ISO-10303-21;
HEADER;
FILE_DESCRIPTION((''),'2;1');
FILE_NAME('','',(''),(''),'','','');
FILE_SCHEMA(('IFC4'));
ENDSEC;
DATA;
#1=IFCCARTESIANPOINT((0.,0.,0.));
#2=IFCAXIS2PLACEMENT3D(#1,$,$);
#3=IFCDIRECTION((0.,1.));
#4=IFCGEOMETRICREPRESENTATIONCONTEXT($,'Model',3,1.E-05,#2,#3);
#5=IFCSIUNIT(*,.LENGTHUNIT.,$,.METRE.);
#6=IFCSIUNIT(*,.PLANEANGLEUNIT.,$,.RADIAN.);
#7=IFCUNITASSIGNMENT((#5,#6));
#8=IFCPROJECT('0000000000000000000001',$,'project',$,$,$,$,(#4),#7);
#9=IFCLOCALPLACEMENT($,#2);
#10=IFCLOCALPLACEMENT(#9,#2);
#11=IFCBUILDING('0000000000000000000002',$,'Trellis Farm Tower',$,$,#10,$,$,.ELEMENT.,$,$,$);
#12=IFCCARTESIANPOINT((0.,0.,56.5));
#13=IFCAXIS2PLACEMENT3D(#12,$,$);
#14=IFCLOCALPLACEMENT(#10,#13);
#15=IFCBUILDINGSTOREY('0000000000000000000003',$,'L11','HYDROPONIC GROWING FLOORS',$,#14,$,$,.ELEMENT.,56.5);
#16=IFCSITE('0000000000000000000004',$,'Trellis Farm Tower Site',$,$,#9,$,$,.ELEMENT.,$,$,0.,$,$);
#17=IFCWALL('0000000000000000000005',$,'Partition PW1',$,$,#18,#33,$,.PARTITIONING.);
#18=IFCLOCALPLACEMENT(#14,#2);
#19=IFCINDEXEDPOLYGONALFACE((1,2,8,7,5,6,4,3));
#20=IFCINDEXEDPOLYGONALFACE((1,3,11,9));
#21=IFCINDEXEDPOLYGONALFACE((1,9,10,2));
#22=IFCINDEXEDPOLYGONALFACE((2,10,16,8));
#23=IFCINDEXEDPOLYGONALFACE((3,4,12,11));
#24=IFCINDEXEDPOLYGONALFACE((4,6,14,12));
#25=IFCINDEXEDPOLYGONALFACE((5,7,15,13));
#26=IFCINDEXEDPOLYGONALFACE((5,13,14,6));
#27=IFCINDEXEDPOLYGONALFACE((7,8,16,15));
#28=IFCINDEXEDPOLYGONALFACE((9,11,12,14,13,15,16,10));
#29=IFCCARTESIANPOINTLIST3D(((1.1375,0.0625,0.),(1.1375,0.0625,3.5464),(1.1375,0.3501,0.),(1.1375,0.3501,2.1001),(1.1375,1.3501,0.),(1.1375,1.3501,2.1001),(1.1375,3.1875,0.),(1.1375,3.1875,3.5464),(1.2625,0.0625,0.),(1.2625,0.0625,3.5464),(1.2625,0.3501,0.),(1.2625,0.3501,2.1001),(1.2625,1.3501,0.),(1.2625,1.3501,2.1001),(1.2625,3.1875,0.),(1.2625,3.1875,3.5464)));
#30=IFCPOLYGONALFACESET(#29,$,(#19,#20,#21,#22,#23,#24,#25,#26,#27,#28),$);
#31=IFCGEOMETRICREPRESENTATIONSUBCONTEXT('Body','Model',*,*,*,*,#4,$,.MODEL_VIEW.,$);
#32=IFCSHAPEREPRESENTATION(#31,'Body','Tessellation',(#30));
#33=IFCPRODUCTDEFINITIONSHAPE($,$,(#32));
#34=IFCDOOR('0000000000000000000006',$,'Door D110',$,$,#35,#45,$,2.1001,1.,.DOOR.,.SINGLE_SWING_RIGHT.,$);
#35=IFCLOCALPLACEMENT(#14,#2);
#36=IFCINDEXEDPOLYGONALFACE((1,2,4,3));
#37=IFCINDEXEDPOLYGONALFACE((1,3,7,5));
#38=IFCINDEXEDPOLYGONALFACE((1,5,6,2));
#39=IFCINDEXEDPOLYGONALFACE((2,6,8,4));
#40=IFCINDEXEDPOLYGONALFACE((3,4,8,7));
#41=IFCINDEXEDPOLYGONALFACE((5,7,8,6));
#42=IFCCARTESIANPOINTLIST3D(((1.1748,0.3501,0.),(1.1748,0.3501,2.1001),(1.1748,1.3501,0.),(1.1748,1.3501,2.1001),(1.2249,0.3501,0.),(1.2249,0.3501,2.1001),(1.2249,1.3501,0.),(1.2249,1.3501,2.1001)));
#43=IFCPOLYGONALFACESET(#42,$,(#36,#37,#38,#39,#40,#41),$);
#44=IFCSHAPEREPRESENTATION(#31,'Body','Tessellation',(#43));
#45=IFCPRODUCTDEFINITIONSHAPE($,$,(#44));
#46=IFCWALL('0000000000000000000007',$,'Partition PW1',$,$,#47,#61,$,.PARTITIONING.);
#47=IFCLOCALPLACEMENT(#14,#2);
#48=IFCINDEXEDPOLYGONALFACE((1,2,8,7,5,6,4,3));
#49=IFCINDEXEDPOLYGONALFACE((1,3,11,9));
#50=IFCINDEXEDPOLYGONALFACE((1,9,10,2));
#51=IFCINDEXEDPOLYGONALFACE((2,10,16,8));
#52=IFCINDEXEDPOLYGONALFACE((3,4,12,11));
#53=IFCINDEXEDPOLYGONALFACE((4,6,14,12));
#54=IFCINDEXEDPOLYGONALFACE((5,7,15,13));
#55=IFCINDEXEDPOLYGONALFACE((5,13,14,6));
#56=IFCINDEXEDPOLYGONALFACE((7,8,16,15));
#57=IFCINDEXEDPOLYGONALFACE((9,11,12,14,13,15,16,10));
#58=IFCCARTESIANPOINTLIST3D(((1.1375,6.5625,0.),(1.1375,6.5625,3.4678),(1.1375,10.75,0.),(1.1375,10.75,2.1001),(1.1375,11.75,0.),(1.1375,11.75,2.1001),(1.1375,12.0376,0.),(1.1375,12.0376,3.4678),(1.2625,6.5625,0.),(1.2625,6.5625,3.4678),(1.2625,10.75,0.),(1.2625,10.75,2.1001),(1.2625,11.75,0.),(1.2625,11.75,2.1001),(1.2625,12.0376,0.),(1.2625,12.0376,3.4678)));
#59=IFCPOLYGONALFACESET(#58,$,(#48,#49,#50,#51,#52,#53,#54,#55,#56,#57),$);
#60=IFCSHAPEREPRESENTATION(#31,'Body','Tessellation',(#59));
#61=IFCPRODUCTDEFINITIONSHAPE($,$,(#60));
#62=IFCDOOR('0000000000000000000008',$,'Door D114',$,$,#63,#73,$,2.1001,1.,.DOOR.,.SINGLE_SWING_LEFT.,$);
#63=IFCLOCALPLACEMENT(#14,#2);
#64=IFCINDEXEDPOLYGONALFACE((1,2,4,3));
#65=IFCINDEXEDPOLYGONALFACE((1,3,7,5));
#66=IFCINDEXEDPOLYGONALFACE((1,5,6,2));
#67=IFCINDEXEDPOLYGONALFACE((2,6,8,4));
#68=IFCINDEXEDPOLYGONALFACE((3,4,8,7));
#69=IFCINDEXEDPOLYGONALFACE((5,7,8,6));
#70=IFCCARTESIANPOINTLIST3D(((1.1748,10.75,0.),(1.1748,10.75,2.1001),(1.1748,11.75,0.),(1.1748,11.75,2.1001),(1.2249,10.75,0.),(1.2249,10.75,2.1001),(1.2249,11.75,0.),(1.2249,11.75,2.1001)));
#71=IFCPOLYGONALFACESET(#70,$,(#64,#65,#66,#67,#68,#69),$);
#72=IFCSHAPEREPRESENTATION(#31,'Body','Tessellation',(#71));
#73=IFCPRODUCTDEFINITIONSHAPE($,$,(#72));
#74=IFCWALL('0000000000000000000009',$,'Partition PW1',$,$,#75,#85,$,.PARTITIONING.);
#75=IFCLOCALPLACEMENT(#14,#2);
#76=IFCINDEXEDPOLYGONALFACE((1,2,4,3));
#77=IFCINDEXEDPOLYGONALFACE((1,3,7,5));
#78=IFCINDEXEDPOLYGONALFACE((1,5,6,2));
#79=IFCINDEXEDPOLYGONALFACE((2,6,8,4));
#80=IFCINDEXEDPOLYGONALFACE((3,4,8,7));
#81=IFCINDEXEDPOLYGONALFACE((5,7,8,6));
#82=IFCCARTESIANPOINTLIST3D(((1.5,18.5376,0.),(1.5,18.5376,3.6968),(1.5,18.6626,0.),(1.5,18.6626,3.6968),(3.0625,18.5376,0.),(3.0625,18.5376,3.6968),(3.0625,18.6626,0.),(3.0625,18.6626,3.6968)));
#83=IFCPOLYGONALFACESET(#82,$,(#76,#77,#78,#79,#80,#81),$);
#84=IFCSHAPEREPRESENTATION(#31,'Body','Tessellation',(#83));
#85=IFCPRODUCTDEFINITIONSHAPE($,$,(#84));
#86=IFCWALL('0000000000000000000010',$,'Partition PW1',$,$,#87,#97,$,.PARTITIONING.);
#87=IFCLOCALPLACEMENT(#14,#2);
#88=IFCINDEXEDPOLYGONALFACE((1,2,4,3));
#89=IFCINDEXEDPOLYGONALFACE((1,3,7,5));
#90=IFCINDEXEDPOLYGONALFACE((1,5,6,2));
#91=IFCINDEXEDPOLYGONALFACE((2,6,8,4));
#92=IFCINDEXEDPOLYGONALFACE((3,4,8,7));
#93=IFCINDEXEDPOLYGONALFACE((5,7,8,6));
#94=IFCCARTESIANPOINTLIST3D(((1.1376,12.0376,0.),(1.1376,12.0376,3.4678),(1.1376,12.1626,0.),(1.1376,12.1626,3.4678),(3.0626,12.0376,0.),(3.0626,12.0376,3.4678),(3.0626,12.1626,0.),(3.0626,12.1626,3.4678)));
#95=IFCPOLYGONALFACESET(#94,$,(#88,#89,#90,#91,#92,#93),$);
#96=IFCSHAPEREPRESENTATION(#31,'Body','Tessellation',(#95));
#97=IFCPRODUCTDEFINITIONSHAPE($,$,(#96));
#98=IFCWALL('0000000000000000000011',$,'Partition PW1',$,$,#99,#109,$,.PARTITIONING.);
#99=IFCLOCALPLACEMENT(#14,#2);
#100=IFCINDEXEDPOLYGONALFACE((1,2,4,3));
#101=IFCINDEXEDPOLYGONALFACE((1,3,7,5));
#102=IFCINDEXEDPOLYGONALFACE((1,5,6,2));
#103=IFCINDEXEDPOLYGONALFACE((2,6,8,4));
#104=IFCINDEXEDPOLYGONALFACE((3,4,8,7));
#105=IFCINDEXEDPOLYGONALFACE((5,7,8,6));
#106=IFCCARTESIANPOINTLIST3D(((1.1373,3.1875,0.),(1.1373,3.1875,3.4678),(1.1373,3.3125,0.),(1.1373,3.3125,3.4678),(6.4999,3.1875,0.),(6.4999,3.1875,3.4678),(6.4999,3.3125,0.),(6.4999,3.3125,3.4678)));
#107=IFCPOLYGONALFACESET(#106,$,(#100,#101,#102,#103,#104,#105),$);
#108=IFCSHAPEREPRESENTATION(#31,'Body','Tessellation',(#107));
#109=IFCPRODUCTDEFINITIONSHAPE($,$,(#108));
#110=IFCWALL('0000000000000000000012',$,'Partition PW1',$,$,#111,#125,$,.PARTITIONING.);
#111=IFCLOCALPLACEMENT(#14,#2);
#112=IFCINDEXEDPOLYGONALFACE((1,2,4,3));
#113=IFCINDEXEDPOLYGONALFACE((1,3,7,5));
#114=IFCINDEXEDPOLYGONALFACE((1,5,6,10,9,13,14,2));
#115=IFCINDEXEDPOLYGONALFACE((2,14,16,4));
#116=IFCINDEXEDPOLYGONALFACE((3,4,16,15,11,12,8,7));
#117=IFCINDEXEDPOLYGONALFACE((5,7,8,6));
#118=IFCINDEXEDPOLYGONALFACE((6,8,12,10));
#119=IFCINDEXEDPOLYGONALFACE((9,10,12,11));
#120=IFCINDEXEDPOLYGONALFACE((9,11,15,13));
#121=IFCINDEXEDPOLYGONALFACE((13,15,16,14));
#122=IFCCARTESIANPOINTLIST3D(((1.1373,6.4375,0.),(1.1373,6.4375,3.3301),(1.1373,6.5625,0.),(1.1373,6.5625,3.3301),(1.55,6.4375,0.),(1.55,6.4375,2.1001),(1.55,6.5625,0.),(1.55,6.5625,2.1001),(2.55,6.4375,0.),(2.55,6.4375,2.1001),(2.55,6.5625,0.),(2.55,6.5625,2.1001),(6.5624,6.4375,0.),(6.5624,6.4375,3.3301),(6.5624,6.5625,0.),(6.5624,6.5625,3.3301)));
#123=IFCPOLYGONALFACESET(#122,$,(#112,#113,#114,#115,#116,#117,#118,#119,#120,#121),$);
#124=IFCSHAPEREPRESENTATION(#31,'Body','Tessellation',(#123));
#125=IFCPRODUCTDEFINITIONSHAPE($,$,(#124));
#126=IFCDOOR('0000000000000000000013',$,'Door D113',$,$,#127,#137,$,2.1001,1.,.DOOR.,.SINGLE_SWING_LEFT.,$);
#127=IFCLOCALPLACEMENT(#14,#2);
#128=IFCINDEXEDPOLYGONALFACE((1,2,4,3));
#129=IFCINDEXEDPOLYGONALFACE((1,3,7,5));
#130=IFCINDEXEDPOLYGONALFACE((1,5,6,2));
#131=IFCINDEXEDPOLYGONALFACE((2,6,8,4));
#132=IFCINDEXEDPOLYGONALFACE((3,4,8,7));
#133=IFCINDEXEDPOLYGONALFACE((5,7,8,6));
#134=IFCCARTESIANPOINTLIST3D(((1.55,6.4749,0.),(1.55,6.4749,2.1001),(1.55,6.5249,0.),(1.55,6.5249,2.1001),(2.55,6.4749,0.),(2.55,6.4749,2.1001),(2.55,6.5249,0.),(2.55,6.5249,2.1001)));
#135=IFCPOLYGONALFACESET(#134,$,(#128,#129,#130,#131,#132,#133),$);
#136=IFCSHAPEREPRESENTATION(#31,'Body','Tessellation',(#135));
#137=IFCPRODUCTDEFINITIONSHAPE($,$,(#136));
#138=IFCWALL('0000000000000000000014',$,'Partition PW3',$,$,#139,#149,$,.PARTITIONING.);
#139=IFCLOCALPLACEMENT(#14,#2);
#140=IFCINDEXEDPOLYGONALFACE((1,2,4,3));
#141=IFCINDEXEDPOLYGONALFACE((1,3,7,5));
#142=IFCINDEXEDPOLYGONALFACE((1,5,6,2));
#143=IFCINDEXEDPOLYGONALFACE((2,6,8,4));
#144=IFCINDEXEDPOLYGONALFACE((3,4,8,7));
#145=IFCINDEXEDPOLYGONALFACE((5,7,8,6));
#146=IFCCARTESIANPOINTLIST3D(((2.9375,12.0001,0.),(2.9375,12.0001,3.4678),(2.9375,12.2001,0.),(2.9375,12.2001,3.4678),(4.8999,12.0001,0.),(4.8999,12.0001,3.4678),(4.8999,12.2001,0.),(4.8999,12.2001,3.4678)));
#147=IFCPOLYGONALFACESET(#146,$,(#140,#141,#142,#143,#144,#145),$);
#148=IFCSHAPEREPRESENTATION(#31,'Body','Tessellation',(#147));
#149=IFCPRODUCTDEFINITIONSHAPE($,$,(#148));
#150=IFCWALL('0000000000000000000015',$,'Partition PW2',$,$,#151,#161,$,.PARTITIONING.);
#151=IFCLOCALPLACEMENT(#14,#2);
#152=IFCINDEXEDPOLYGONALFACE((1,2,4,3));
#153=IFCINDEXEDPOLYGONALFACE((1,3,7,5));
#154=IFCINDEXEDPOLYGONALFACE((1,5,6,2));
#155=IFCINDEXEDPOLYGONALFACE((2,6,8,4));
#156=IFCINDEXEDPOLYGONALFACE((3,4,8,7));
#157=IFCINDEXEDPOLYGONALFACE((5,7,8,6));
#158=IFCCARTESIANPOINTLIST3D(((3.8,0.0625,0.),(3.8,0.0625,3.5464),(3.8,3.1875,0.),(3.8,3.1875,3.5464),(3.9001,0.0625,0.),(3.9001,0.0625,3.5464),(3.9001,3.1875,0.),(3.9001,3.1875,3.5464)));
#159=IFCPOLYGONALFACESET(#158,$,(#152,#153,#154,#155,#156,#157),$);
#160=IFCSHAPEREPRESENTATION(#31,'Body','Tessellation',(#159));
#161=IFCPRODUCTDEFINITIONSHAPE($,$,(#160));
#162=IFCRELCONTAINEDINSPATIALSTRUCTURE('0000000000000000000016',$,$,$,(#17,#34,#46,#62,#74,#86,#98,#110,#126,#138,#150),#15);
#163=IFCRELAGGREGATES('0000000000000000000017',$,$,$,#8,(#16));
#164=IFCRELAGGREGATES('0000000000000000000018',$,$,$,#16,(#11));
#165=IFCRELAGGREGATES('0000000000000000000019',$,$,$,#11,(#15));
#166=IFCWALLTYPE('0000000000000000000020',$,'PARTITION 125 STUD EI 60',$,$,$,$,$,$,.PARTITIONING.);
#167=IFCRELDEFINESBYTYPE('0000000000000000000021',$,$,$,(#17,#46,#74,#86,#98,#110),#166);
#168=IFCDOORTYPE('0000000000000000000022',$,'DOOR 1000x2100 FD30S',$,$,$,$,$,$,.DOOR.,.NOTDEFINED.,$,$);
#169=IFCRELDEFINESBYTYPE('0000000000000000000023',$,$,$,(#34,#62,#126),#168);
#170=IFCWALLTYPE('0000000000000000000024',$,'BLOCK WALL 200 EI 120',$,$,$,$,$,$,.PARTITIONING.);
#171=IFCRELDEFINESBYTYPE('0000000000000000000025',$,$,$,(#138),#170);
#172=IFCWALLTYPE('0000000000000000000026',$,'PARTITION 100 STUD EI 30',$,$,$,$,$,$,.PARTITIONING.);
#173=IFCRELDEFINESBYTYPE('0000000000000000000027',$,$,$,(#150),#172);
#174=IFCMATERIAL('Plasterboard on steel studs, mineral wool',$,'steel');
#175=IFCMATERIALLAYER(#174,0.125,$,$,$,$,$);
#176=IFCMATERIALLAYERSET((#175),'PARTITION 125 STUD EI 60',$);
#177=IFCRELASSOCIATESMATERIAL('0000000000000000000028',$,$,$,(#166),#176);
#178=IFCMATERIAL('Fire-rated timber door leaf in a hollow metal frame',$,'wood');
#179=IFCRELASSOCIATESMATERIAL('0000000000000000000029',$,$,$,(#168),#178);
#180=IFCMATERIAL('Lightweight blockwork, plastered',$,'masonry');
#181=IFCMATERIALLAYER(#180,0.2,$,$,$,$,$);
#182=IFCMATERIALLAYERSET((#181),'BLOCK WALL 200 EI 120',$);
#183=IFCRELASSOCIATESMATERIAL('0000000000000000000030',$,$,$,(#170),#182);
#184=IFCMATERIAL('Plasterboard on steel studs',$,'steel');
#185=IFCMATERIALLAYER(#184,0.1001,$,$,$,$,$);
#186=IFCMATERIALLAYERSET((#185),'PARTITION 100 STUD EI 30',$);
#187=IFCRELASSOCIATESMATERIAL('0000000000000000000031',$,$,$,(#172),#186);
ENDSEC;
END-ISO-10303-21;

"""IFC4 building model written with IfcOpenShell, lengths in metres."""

from ifc_helpers import new_model, si_unit, direction, frame, frame_2d, origin, place, context, subcontext, project, spatial, rectangle, extrude, source, transform, mapped, material, layer, layer_set, type_object, element, fill, save


model = new_model("IFC4")

# Units and contexts
model_context = context("Model", 3, precision=1e-05, world=origin(), true_north=direction((0.0, 1.0)))
body_context = subcontext(model_context, "Body", "Model", "MODEL_VIEW")
ifc_project = project(units=[si_unit("LENGTHUNIT", "METRE"), si_unit("PLANEANGLEUNIT", "RADIAN")], contexts=[model_context])

# Site, building, storey
site_placement = place(None, origin())
site = spatial("IfcSite", under=ifc_project, at=site_placement, Name="Trellis Farm Tower Site", CompositionType="ELEMENT", RefElevation=0.0)
building_placement = place(site_placement, origin())
building = spatial("IfcBuilding", under=site, at=building_placement, Name="Trellis Farm Tower", CompositionType="ELEMENT")
storey_placement = place(building_placement, frame((0.0, 0.0, 56.5)))
storey = spatial("IfcBuildingStorey", under=building, at=storey_placement, Name="L11", Description="HYDROPONIC GROWING FLOORS", CompositionType="ELEMENT", Elevation=56.5)

# Walls, openings, doors
ifc_material_1 = material(Name="Plasterboard on steel studs, mineral wool", Category="steel")
ifc_layer_1 = layer(ifc_material_1, 0.125)
ifc_layer_set_1 = layer_set([ifc_layer_1], Name="PARTITION 125 STUD EI 60")
wall_type_1 = type_object("IfcWallType", Name="PARTITION 125 STUD EI 60", PredefinedType="PARTITIONING", material=ifc_layer_set_1)
shared_shape_1 = source(origin(), body_context, "Body", "SweptSolid", [
    extrude(rectangle(XDim=3.125, YDim=0.125, at=frame_2d((1.5625, 0.0))), origin(), (0.0, 0.0, 1.0), 3.5464),
])
wall_1_placement = place(storey_placement, frame((1.2, 3.1875, 0.0), z_axis=(0.0, 0.0, 1.0), x_axis=(0.0, -1.0, 0.0)))
wall_1 = element("IfcWall", 1, at=wall_1_placement, inside=storey, type_object=wall_type_1, Name="Partition PW1", PredefinedType="PARTITIONING", context=body_context, shape_type="MappedRepresentation", body=[
    mapped(shared_shape_1, transform((0.0, 0.0, 0.0))),
])
shared_shape_2 = source(origin(), body_context, "Body", "SweptSolid", [
    extrude(rectangle(XDim=1.0, YDim=2.1001, at=frame_2d((0.5, 1.05))), frame((0.0, 0.0725, 0.0), z_axis=(0.0, -1.0, 0.0), x_axis=(1.0, 0.0, 0.0)), (0.0, 0.0, 1.0), 0.145),
])
opening_1_placement = place(wall_1_placement, frame((1.8374, 0.0, 0.0)))
opening_1 = element("IfcOpeningElement", 2, at=opening_1_placement, cuts=wall_1, PredefinedType="OPENING", context=body_context, shape_type="MappedRepresentation", body=[
    mapped(shared_shape_2, transform((0.0, 0.0, 0.0))),
])
ifc_material_2 = material(Name="Fire-rated timber door leaf in a hollow metal frame", Category="wood")
door_type = type_object("IfcDoorType", Name="DOOR 1000x2100 FD30S", OperationType="NOTDEFINED", PredefinedType="DOOR", material=ifc_material_2)
shared_shape_3 = source(origin(), body_context, "Body", "SweptSolid", [
    extrude(rectangle(XDim=1.0, YDim=2.1001, at=frame_2d((0.5, 1.05))), frame((0.0, 0.0249, 0.0), z_axis=(0.0, -1.0, 0.0), x_axis=(1.0, 0.0, 0.0)), (0.0, 0.0, 1.0), 0.05),
])
door_1_placement = place(opening_1_placement, origin())
door_1 = element("IfcDoor", 3, at=door_1_placement, inside=storey, type_object=door_type, Name="Door D110", OperationType="SINGLE_SWING_RIGHT", OverallHeight=2.1001, OverallWidth=1.0, PredefinedType="DOOR", context=body_context, shape_type="MappedRepresentation", body=[
    mapped(shared_shape_3, transform((0.0, 0.0, 0.0))),
])
fill(opening_1, door_1)
shared_shape_4 = source(origin(), body_context, "Body", "SweptSolid", [
    extrude(rectangle(XDim=5.4751, YDim=0.125, at=frame_2d((2.7375, 0.0))), origin(), (0.0, 0.0, 1.0), 3.4678),
])
wall_2_placement = place(storey_placement, frame((1.2, 12.0376, 0.0), z_axis=(0.0, 0.0, 1.0), x_axis=(0.0, -1.0, 0.0)))
wall_2 = element("IfcWall", 4, at=wall_2_placement, inside=storey, type_object=wall_type_1, Name="Partition PW1", PredefinedType="PARTITIONING", context=body_context, shape_type="MappedRepresentation", body=[
    mapped(shared_shape_4, transform((0.0, 0.0, 0.0))),
])
opening_2_placement = place(wall_2_placement, frame((0.2876, 0.0, 0.0)))
opening_2 = element("IfcOpeningElement", 5, at=opening_2_placement, cuts=wall_2, PredefinedType="OPENING", context=body_context, shape_type="MappedRepresentation", body=[
    mapped(shared_shape_2, transform((0.0, 0.0, 0.0))),
])
door_2_placement = place(opening_2_placement, origin())
door_2 = element("IfcDoor", 6, at=door_2_placement, inside=storey, type_object=door_type, Name="Door D114", OperationType="SINGLE_SWING_LEFT", OverallHeight=2.1001, OverallWidth=1.0, PredefinedType="DOOR", context=body_context, shape_type="MappedRepresentation", body=[
    mapped(shared_shape_3, transform((0.0, 0.0, 0.0))),
])
fill(opening_2, door_2)

# Walls
shared_shape_5 = source(origin(), body_context, "Body", "SweptSolid", [
    extrude(rectangle(XDim=1.5625, YDim=0.125, at=frame_2d((0.7812, 0.0))), origin(), (0.0, 0.0, 1.0), 3.6968),
])
wall_3_placement = place(storey_placement, frame((1.5, 18.6001, 0.0), z_axis=(0.0, 0.0, 1.0), x_axis=(1.0, 0.0, 0.0)))
element("IfcWall", 7, at=wall_3_placement, inside=storey, type_object=wall_type_1, Name="Partition PW1", PredefinedType="PARTITIONING", context=body_context, shape_type="MappedRepresentation", body=[
    mapped(shared_shape_5, transform((0.0, 0.0, 0.0))),
])
shared_shape_6 = source(origin(), body_context, "Body", "SweptSolid", [
    extrude(rectangle(XDim=1.925, YDim=0.125, at=frame_2d((0.9624, 0.0))), origin(), (0.0, 0.0, 1.0), 3.4678),
])
wall_4_placement = place(storey_placement, frame((3.0625, 12.1001, 0.0), z_axis=(0.0, 0.0, 1.0), x_axis=(-1.0, 0.0, 0.0)))
element("IfcWall", 8, at=wall_4_placement, inside=storey, type_object=wall_type_1, Name="Partition PW1", PredefinedType="PARTITIONING", context=body_context, shape_type="MappedRepresentation", body=[
    mapped(shared_shape_6, transform((0.0, 0.0, 0.0))),
])
shared_shape_7 = source(origin(), body_context, "Body", "SweptSolid", [
    extrude(rectangle(XDim=5.3625, YDim=0.125, at=frame_2d((2.6812, 0.0))), origin(), (0.0, 0.0, 1.0), 3.4678),
])
wall_5_placement = place(storey_placement, frame((1.1375, 3.25, 0.0), z_axis=(0.0, 0.0, 1.0), x_axis=(1.0, 0.0, 0.0)))
element("IfcWall", 9, at=wall_5_placement, inside=storey, type_object=wall_type_1, Name="Partition PW1", PredefinedType="PARTITIONING", context=body_context, shape_type="MappedRepresentation", body=[
    mapped(shared_shape_7, transform((0.0, 0.0, 0.0))),
])

# Wall, opening, door
shared_shape_8 = source(origin(), body_context, "Body", "SweptSolid", [
    extrude(rectangle(XDim=5.425, YDim=0.125, at=frame_2d((2.7124, 0.0))), origin(), (0.0, 0.0, 1.0), 3.3301),
])
wall_6_placement = place(storey_placement, frame((1.1375, 6.5, 0.0), z_axis=(0.0, 0.0, 1.0), x_axis=(1.0, 0.0, 0.0)))
wall_6 = element("IfcWall", 10, at=wall_6_placement, inside=storey, type_object=wall_type_1, Name="Partition PW1", PredefinedType="PARTITIONING", context=body_context, shape_type="MappedRepresentation", body=[
    mapped(shared_shape_8, transform((0.0, 0.0, 0.0))),
])
opening_3_placement = place(wall_6_placement, frame((0.4126, 0.0, 0.0)))
opening_3 = element("IfcOpeningElement", 11, at=opening_3_placement, cuts=wall_6, PredefinedType="OPENING", context=body_context, shape_type="MappedRepresentation", body=[
    mapped(shared_shape_2, transform((0.0, 0.0, 0.0))),
])
door_3_placement = place(opening_3_placement, origin())
door_3 = element("IfcDoor", 12, at=door_3_placement, inside=storey, type_object=door_type, Name="Door D113", OperationType="SINGLE_SWING_LEFT", OverallHeight=2.1001, OverallWidth=1.0, PredefinedType="DOOR", context=body_context, shape_type="MappedRepresentation", body=[
    mapped(shared_shape_3, transform((0.0, 0.0, 0.0))),
])
fill(opening_3, door_3)

# Walls
ifc_material_3 = material(Name="Lightweight blockwork, plastered", Category="masonry")
ifc_layer_2 = layer(ifc_material_3, 0.2)
ifc_layer_set_2 = layer_set([ifc_layer_2], Name="BLOCK WALL 200 EI 120")
wall_type_2 = type_object("IfcWallType", Name="BLOCK WALL 200 EI 120", PredefinedType="PARTITIONING", material=ifc_layer_set_2)
shared_shape_9 = source(origin(), body_context, "Body", "SweptSolid", [
    extrude(rectangle(XDim=1.9624, YDim=0.2, at=frame_2d((0.9812, 0.0))), origin(), (0.0, 0.0, 1.0), 3.4678),
])
wall_7_placement = place(storey_placement, frame((2.9375, 12.1001, 0.0), z_axis=(0.0, 0.0, 1.0), x_axis=(1.0, 0.0, 0.0)))
element("IfcWall", 13, at=wall_7_placement, inside=storey, type_object=wall_type_2, Name="Partition PW3", PredefinedType="PARTITIONING", context=body_context, shape_type="MappedRepresentation", body=[
    mapped(shared_shape_9, transform((0.0, 0.0, 0.0))),
])
ifc_material_4 = material(Name="Plasterboard on steel studs", Category="steel")
ifc_layer_3 = layer(ifc_material_4, 0.1001)
ifc_layer_set_3 = layer_set([ifc_layer_3], Name="PARTITION 100 STUD EI 30")
wall_type_3 = type_object("IfcWallType", Name="PARTITION 100 STUD EI 30", PredefinedType="PARTITIONING", material=ifc_layer_set_3)
shared_shape_10 = source(origin(), body_context, "Body", "SweptSolid", [
    extrude(rectangle(XDim=3.125, YDim=0.1001, at=frame_2d((1.5625, 0.0))), origin(), (0.0, 0.0, 1.0), 3.5464),
])
wall_8_placement = place(storey_placement, frame((3.8501, 0.0625, 0.0), z_axis=(0.0, 0.0, 1.0), x_axis=(0.0, 1.0, 0.0)))
element("IfcWall", 14, at=wall_8_placement, inside=storey, type_object=wall_type_3, Name="Partition PW2", PredefinedType="PARTITIONING", context=body_context, shape_type="MappedRepresentation", body=[
    mapped(shared_shape_10, transform((0.0, 0.0, 0.0))),
])

save(model, "model.ifc")
